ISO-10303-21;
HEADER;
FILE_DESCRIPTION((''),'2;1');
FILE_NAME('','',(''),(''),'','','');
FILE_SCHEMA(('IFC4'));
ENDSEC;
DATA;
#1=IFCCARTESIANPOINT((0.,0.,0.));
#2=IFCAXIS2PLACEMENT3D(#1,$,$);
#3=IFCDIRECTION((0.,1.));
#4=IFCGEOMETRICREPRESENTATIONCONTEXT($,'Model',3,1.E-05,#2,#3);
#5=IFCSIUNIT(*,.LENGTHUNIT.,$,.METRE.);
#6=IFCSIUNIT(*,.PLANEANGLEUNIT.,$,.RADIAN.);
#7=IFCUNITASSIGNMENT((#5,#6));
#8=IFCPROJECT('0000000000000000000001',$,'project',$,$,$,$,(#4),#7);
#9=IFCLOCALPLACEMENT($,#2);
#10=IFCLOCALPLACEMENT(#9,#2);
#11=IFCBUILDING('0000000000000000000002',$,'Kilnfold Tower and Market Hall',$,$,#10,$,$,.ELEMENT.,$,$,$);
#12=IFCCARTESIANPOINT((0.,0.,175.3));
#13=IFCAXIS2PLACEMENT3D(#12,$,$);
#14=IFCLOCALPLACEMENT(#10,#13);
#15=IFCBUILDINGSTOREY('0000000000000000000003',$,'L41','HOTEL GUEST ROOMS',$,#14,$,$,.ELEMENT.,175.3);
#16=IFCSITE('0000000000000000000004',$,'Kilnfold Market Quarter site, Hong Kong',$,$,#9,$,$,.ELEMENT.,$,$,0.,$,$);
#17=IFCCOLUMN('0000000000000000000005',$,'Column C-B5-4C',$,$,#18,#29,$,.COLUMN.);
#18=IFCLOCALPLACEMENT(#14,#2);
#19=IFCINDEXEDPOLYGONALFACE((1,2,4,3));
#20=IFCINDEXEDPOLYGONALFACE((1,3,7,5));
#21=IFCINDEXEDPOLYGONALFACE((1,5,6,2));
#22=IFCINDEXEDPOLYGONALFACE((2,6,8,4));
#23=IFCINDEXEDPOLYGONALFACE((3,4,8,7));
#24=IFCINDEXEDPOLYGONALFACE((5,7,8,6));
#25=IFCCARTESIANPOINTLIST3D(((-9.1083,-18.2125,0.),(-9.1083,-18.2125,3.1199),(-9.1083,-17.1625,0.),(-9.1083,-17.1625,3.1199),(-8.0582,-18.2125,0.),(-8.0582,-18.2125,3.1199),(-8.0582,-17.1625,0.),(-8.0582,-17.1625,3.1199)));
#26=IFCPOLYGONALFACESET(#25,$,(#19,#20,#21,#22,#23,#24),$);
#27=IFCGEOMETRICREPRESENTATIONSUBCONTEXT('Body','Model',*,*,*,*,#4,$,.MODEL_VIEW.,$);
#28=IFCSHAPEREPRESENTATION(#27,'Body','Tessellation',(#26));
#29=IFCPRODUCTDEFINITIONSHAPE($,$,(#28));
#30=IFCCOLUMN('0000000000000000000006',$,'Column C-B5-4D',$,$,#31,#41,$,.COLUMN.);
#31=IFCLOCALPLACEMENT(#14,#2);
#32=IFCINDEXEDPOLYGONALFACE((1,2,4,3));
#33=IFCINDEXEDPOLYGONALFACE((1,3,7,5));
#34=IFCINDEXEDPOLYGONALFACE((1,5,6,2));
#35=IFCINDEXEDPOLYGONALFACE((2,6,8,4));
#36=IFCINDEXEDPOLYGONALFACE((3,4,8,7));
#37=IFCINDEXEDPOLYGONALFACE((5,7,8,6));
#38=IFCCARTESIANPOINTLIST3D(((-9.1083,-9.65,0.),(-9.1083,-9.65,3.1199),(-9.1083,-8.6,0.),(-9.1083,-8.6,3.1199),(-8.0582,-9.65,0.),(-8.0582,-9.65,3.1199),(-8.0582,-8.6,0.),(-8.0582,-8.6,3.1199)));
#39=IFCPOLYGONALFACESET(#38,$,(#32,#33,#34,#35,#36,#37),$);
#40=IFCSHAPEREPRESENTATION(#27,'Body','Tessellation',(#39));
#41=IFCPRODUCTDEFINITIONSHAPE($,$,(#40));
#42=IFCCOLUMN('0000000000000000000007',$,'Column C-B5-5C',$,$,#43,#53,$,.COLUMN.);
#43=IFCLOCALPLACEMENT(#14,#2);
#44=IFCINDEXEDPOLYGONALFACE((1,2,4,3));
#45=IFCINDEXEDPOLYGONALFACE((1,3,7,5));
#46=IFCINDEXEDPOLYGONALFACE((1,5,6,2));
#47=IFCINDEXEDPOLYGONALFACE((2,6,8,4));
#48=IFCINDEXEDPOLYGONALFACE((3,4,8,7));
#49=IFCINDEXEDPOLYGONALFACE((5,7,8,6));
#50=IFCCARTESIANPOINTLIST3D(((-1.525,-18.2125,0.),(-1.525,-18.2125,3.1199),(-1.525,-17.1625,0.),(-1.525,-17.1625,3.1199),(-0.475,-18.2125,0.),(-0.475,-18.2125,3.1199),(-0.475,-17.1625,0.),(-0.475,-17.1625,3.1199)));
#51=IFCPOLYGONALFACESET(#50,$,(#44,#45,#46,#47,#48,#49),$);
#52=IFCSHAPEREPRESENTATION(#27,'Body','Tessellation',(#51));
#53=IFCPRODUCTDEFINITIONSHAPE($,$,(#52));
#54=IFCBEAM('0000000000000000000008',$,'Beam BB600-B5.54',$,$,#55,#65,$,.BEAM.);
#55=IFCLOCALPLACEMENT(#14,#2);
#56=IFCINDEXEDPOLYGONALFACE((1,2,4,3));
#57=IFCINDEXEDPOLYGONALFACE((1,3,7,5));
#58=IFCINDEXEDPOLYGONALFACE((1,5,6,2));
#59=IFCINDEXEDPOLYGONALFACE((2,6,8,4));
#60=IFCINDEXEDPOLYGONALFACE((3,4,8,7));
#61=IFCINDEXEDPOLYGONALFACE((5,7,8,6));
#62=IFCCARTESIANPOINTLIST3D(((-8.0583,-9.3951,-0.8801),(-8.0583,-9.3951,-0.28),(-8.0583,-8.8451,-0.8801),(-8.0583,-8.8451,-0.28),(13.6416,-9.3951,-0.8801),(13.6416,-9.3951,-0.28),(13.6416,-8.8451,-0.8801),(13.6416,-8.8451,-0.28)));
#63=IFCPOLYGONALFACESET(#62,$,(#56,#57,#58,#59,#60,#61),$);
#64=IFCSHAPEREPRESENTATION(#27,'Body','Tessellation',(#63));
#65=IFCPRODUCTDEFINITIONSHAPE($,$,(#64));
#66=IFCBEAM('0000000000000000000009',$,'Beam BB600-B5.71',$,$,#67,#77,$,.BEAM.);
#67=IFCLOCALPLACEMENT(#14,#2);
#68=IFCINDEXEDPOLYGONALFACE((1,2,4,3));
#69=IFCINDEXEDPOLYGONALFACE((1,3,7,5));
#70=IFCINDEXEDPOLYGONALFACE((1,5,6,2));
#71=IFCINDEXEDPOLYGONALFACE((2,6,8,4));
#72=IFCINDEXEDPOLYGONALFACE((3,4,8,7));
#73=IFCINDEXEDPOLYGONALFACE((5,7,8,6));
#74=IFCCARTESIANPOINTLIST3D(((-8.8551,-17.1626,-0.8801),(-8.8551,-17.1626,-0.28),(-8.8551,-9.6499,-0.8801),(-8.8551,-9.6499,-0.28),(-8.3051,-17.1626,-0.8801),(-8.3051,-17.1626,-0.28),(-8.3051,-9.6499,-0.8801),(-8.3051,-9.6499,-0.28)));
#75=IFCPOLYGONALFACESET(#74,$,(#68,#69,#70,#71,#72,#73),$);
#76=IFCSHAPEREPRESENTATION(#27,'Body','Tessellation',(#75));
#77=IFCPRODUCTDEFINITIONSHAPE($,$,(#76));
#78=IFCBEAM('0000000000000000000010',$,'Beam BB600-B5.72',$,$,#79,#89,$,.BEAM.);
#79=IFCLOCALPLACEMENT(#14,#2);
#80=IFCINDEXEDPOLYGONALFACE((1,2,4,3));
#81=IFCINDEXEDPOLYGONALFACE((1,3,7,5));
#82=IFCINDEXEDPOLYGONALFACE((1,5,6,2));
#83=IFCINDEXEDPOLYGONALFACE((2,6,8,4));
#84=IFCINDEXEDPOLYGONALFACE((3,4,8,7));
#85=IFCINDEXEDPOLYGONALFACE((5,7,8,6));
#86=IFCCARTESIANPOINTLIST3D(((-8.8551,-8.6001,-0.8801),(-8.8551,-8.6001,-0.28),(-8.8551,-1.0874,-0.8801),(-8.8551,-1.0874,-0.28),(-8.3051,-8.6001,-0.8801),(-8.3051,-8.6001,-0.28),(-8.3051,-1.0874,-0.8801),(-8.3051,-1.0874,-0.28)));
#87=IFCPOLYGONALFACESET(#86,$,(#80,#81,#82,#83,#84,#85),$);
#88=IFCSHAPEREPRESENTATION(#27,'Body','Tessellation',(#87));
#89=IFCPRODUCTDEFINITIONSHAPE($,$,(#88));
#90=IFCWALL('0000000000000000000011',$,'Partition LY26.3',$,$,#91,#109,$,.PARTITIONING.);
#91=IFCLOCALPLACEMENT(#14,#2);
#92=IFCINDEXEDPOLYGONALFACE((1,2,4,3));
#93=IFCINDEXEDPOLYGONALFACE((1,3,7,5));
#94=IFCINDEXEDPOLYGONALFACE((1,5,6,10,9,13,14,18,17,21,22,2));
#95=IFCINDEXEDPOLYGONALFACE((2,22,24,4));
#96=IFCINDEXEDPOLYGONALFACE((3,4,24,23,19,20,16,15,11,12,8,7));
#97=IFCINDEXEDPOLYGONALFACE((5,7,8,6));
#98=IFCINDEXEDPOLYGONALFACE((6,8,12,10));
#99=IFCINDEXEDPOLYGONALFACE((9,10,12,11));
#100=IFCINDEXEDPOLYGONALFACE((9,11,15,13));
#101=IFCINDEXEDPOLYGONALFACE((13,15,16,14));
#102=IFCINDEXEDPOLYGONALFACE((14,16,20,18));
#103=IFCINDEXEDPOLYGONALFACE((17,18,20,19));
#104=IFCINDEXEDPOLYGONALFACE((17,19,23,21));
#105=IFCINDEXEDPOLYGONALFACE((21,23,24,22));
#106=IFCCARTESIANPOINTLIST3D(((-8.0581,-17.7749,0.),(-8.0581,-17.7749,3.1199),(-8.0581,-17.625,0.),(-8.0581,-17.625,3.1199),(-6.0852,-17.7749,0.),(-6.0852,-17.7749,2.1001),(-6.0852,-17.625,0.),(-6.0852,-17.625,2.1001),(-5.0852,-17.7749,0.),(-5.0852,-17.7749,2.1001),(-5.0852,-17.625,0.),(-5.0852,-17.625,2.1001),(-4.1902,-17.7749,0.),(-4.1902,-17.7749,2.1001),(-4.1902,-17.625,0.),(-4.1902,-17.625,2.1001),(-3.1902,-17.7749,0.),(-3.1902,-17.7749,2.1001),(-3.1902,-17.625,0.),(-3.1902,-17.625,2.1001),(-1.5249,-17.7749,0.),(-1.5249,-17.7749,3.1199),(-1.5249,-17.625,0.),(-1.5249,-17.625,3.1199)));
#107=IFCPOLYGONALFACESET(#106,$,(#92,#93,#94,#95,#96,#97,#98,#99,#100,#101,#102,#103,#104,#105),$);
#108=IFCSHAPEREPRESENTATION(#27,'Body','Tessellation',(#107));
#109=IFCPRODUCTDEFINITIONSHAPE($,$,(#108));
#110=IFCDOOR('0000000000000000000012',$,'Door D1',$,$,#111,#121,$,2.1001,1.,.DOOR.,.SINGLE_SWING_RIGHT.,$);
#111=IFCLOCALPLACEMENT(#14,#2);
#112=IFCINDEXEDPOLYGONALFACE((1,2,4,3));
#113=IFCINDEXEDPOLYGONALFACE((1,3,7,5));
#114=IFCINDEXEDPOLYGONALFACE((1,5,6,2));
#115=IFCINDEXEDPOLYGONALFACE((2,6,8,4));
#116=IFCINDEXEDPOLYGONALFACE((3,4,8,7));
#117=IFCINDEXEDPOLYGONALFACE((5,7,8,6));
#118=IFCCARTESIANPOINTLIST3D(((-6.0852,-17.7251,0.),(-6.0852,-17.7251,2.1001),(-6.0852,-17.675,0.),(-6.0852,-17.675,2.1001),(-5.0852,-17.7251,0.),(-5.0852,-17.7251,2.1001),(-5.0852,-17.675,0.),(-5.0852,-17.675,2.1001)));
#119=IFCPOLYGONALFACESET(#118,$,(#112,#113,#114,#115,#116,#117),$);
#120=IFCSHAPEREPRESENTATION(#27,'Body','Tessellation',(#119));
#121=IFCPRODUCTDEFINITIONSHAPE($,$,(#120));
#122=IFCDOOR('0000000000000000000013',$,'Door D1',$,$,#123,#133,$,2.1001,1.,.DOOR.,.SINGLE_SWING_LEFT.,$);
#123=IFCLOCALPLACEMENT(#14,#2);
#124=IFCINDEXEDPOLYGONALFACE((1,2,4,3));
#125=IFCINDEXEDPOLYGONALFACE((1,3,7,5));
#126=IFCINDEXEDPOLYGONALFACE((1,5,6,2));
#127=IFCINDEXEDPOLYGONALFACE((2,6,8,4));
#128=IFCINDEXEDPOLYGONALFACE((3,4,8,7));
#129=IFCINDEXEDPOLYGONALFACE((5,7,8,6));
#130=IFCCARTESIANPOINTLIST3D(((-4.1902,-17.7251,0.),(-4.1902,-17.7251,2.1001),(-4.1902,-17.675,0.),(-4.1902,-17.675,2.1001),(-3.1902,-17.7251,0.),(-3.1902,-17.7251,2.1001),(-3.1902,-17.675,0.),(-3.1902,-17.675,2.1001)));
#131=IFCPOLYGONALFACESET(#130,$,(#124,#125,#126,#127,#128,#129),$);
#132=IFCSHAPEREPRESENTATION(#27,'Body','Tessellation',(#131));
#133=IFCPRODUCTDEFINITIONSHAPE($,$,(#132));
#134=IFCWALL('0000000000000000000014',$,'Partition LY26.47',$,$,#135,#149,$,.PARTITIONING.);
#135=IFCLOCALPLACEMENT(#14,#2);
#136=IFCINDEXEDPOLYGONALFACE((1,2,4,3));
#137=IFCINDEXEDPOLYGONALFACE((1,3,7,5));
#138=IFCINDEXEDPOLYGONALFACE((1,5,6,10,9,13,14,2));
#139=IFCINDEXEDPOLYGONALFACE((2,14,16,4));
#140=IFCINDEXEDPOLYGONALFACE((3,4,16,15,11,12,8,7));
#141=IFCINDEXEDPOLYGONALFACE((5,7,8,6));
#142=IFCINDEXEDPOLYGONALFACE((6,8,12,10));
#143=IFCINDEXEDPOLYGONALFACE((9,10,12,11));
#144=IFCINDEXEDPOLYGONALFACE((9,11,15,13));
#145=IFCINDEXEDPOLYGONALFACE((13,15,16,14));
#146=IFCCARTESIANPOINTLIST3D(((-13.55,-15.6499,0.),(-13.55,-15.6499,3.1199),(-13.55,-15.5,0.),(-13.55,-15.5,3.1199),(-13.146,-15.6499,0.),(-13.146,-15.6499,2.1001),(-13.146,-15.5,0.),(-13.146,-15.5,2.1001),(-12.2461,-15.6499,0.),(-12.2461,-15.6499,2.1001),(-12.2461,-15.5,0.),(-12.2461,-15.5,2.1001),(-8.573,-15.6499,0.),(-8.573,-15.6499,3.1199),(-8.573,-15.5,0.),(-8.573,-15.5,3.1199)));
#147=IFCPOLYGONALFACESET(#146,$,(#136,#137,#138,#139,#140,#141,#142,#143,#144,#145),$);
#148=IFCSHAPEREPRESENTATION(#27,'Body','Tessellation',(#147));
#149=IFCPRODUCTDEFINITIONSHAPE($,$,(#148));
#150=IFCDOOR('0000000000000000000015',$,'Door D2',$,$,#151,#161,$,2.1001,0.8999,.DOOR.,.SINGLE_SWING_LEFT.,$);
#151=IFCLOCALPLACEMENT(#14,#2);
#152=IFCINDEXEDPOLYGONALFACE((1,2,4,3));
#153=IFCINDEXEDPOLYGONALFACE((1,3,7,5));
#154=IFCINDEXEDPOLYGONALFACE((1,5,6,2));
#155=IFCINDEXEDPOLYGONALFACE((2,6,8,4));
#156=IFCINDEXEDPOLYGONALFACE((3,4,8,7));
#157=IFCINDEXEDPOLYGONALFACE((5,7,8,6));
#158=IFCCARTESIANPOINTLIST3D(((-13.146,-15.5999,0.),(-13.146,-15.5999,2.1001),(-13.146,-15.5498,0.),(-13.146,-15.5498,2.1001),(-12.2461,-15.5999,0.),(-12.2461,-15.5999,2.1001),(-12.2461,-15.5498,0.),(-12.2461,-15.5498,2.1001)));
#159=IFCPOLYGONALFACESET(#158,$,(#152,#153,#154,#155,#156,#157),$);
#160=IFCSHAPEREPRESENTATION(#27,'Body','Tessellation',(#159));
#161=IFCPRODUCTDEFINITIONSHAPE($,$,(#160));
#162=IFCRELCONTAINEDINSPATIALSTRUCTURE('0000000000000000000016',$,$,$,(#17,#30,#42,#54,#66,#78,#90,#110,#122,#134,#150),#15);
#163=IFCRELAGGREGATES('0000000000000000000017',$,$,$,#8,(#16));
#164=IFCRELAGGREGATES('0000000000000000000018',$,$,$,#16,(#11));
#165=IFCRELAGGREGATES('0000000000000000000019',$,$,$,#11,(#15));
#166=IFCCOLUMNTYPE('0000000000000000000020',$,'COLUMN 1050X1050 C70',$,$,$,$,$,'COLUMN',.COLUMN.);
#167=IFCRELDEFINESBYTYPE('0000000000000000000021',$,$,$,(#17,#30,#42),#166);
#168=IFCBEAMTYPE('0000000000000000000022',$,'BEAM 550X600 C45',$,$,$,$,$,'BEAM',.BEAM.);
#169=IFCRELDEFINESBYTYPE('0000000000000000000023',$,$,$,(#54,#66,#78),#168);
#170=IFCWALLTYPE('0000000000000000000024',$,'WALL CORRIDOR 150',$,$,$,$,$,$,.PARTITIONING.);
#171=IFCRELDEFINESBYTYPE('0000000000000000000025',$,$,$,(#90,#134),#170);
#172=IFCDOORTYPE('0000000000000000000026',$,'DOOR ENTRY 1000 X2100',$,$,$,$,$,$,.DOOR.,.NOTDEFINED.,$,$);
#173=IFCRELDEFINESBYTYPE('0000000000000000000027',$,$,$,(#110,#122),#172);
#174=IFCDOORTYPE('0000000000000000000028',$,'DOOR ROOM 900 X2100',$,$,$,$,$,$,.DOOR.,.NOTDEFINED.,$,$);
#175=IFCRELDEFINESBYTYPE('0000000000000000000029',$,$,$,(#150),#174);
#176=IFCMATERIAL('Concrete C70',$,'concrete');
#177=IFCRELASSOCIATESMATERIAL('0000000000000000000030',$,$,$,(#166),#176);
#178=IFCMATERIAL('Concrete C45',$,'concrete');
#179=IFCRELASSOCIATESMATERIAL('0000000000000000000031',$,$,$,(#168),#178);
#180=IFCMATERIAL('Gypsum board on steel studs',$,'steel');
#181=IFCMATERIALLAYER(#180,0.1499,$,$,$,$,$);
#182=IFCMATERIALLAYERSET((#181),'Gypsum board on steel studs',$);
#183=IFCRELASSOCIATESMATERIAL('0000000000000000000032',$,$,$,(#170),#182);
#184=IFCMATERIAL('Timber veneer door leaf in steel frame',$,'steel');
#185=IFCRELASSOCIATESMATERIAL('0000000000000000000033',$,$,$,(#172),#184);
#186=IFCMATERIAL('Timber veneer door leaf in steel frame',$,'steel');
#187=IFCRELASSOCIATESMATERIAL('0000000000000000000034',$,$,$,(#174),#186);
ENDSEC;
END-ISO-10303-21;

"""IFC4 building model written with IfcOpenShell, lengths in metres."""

from ifc_helpers import new_model, si_unit, direction, frame, frame_2d, origin, origin_2d, place, context, subcontext, project, spatial, rectangle, extrude, source, transform, mapped, material, layer, layer_set, material_profile, profile_set, type_object, element, fill, save


model = new_model("IFC4")

# Units and contexts
model_context = context("Model", 3, precision=1e-05, world=origin(), true_north=direction((0.0, 1.0)))
body_context = subcontext(model_context, "Body", "Model", "MODEL_VIEW")
ifc_project = project(units=[si_unit("LENGTHUNIT", "METRE"), si_unit("PLANEANGLEUNIT", "RADIAN")], contexts=[model_context])

# Site, building, storey
site_placement = place(None, origin())
site = spatial("IfcSite", under=ifc_project, at=site_placement, Name="Kilnfold Market Quarter site, Hong Kong", CompositionType="ELEMENT", RefElevation=0.0)
building_placement = place(site_placement, origin())
building = spatial("IfcBuilding", under=site, at=building_placement, Name="Kilnfold Tower and Market Hall", CompositionType="ELEMENT")
storey_placement = place(building_placement, frame((0.0, 0.0, 175.3)))
storey = spatial("IfcBuildingStorey", under=building, at=storey_placement, Name="L41", Description="HOTEL GUEST ROOMS", CompositionType="ELEMENT", Elevation=175.3)

# Columns
ifc_material_1 = material(Name="Concrete C70", Category="concrete")
ifc_material_profile_1 = material_profile(ifc_material_1, rectangle(XDim=1.05, YDim=1.05, at=origin_2d()), Name="RC 1050x1050")
ifc_profile_set_1 = profile_set([ifc_material_profile_1], Name="Concrete C70")
column_type = type_object("IfcColumnType", Name="COLUMN 1050X1050 C70", ElementType="COLUMN", PredefinedType="COLUMN", material=ifc_profile_set_1)
shared_shape_1 = source(origin(), body_context, "Body", "SweptSolid", [
    extrude(rectangle(XDim=1.05, YDim=1.05, at=origin_2d()), origin(), (0.0, 0.0, 1.0), 3.1199),
])
for number, where, z_axis, x_axis, name in (
    (1, (-8.5833, -17.6875, 0.0), (0.0, 0.0, 1.0), (1.0, 0.0, 0.0), "Column C-B5-4C"),
    (2, (-8.5833, -9.125, 0.0), (0.0, 0.0, 1.0), (1.0, 0.0, 0.0), "Column C-B5-4D"),
    (3, (-1.0, -17.6875, 0.0), (0.0, 0.0, 1.0), (1.0, 0.0, 0.0), "Column C-B5-5C"),
):
    element("IfcColumn", number, at=place(storey_placement, frame(where, z_axis=z_axis, x_axis=x_axis)), inside=storey, type_object=column_type, Name=name, PredefinedType="COLUMN", context=body_context, shape_type="MappedRepresentation", body=[
        mapped(shared_shape_1, transform((0.0, 0.0, 0.0))),
    ])

# Beams
ifc_material_2 = material(Name="Concrete C45", Category="concrete")
ifc_material_profile_2 = material_profile(ifc_material_2, rectangle(XDim=0.55, YDim=0.6001, at=origin_2d()), Name="RC 550x600")
ifc_profile_set_2 = profile_set([ifc_material_profile_2], Name="Concrete C45")
beam_type = type_object("IfcBeamType", Name="BEAM 550X600 C45", ElementType="BEAM", PredefinedType="BEAM", material=ifc_profile_set_2)
shared_shape_2 = source(origin(), body_context, "Body", "SweptSolid", [
    extrude(rectangle(XDim=0.55, YDim=0.6001, at=origin_2d()), origin(), (0.0, 0.0, 1.0), 21.7),
])
beam_placement = place(storey_placement, frame((-8.0583, -9.1201, -0.5801), z_axis=(1.0, 0.0, 0.0), x_axis=(0.0, 1.0, 0.0)))
element("IfcBeam", 4, at=beam_placement, inside=storey, type_object=beam_type, Name="Beam BB600-B5.54", PredefinedType="BEAM", context=body_context, shape_type="MappedRepresentation", body=[
    mapped(shared_shape_2, transform((0.0, 0.0, 0.0))),
])
shared_shape_3 = source(origin(), body_context, "Body", "SweptSolid", [
    extrude(rectangle(XDim=0.55, YDim=0.6001, at=origin_2d()), origin(), (0.0, 0.0, 1.0), 7.5127),
])
for number, where, z_axis, x_axis, name in (
    (5, (-8.5801, -17.1626, -0.5801), (0.0, 1.0, 0.0), (-1.0, 0.0, 0.0), "Beam BB600-B5.71"),
    (6, (-8.5801, -8.6001, -0.5801), (0.0, 1.0, 0.0), (-1.0, 0.0, 0.0), "Beam BB600-B5.72"),
):
    element("IfcBeam", number, at=place(storey_placement, frame(where, z_axis=z_axis, x_axis=x_axis)), inside=storey, type_object=beam_type, Name=name, PredefinedType="BEAM", context=body_context, shape_type="MappedRepresentation", body=[
        mapped(shared_shape_3, transform((0.0, 0.0, 0.0))),
    ])

# Wall, openings, doors
ifc_material_3 = material(Name="Gypsum board on steel studs", Category="steel")
ifc_layer_1 = layer(ifc_material_3, 0.1499)
ifc_layer_set_1 = layer_set([ifc_layer_1], Name="Gypsum board on steel studs")
wall_type_1 = type_object("IfcWallType", Name="WALL CORRIDOR 150", PredefinedType="PARTITIONING", material=ifc_layer_set_1)
wall_1_placement = place(storey_placement, frame((-8.0581, -17.7, 0.0), z_axis=(0.0, 0.0, 1.0), x_axis=(1.0, 0.0, 0.0)))
wall_1 = element("IfcWall", 7, at=wall_1_placement, inside=storey, type_object=wall_type_1, Name="Partition LY26.3", PredefinedType="PARTITIONING", context=body_context, shape_type="SweptSolid", body=[
    extrude(rectangle(XDim=6.5332, YDim=0.1499, at=frame_2d((3.2666, 0.0))), origin(), (0.0, 0.0, 1.0), 3.1199),
])
opening_1_placement = place(wall_1_placement, frame((1.9729, 0.0, 0.0)))
opening_1 = element("IfcOpeningElement", 8, at=opening_1_placement, cuts=wall_1, PredefinedType="OPENING", context=body_context, shape_type="SweptSolid", body=[
    extrude(rectangle(XDim=1.0, YDim=2.1001, at=frame_2d((0.5, 1.05))), frame((0.0, 0.085, 0.0), z_axis=(0.0, -1.0, 0.0), x_axis=(1.0, 0.0, 0.0)), (0.0, 0.0, 1.0), 0.1699),
])
opening_2_placement = place(wall_1_placement, frame((3.8679, 0.0, 0.0)))
opening_2 = element("IfcOpeningElement", 9, at=opening_2_placement, cuts=wall_1, PredefinedType="OPENING", context=body_context, shape_type="SweptSolid", body=[
    extrude(rectangle(XDim=1.0, YDim=2.1001, at=frame_2d((0.5, 1.05))), frame((0.0, 0.085, 0.0), z_axis=(0.0, -1.0, 0.0), x_axis=(1.0, 0.0, 0.0)), (0.0, 0.0, 1.0), 0.1699),
])
ifc_material_4 = material(Name="Timber veneer door leaf in steel frame", Category="steel")
door_type_1 = type_object("IfcDoorType", Name="DOOR ENTRY 1000 X2100", OperationType="NOTDEFINED", PredefinedType="DOOR", material=ifc_material_4)
door_1_placement = place(opening_1_placement, origin())
door_1 = element("IfcDoor", 10, at=door_1_placement, inside=storey, type_object=door_type_1, Name="Door D1", OperationType="SINGLE_SWING_RIGHT", OverallHeight=2.1001, OverallWidth=1.0, PredefinedType="DOOR", context=body_context, shape_type="SweptSolid", body=[
    extrude(rectangle(XDim=1.0, YDim=2.1001, at=frame_2d((0.5, 1.05))), frame((0.0, 0.0249, 0.0), z_axis=(0.0, -1.0, 0.0), x_axis=(1.0, 0.0, 0.0)), (0.0, 0.0, 1.0), 0.05),
])
fill(opening_1, door_1)
door_2_placement = place(opening_2_placement, origin())
door_2 = element("IfcDoor", 11, at=door_2_placement, inside=storey, type_object=door_type_1, Name="Door D1", OperationType="SINGLE_SWING_LEFT", OverallHeight=2.1001, OverallWidth=1.0, PredefinedType="DOOR", context=body_context, shape_type="SweptSolid", body=[
    extrude(rectangle(XDim=1.0, YDim=2.1001, at=frame_2d((0.5, 1.05))), frame((0.0, 0.0249, 0.0), z_axis=(0.0, -1.0, 0.0), x_axis=(1.0, 0.0, 0.0)), (0.0, 0.0, 1.0), 0.05),
])
fill(opening_2, door_2)

# Wall, opening, door
wall_2_placement = place(storey_placement, frame((-8.573, -15.575, 0.0), z_axis=(0.0, 0.0, 1.0), x_axis=(-1.0, 0.0, 0.0)))
wall_2 = element("IfcWall", 12, at=wall_2_placement, inside=storey, type_object=wall_type_1, Name="Partition LY26.47", PredefinedType="PARTITIONING", context=body_context, shape_type="SweptSolid", body=[
    extrude(rectangle(XDim=4.9771, YDim=0.1499, at=frame_2d((2.4885, 0.0))), origin(), (0.0, 0.0, 1.0), 3.1199),
])
opening_3_placement = place(wall_2_placement, frame((3.6731, 0.0, 0.0)))
opening_3 = element("IfcOpeningElement", 13, at=opening_3_placement, cuts=wall_2, PredefinedType="OPENING", context=body_context, shape_type="SweptSolid", body=[
    extrude(rectangle(XDim=0.8999, YDim=2.1001, at=frame_2d((0.45, 1.05))), frame((0.0, 0.085, 0.0), z_axis=(0.0, -1.0, 0.0), x_axis=(1.0, 0.0, 0.0)), (0.0, 0.0, 1.0), 0.1699),
])
ifc_material_5 = material(Name="Timber veneer door leaf in steel frame", Category="steel")
door_type_2 = type_object("IfcDoorType", Name="DOOR ROOM 900 X2100", OperationType="NOTDEFINED", PredefinedType="DOOR", material=ifc_material_5)
door_3_placement = place(opening_3_placement, origin())
door_3 = element("IfcDoor", 14, at=door_3_placement, inside=storey, type_object=door_type_2, Name="Door D2", OperationType="SINGLE_SWING_LEFT", OverallHeight=2.1001, OverallWidth=0.8999, PredefinedType="DOOR", context=body_context, shape_type="SweptSolid", body=[
    extrude(rectangle(XDim=0.8999, YDim=2.1001, at=frame_2d((0.45, 1.05))), frame((0.0, 0.0249, 0.0), z_axis=(0.0, -1.0, 0.0), x_axis=(1.0, 0.0, 0.0)), (0.0, 0.0, 1.0), 0.05),
])
fill(opening_3, door_3)

save(model, "model.ifc")
